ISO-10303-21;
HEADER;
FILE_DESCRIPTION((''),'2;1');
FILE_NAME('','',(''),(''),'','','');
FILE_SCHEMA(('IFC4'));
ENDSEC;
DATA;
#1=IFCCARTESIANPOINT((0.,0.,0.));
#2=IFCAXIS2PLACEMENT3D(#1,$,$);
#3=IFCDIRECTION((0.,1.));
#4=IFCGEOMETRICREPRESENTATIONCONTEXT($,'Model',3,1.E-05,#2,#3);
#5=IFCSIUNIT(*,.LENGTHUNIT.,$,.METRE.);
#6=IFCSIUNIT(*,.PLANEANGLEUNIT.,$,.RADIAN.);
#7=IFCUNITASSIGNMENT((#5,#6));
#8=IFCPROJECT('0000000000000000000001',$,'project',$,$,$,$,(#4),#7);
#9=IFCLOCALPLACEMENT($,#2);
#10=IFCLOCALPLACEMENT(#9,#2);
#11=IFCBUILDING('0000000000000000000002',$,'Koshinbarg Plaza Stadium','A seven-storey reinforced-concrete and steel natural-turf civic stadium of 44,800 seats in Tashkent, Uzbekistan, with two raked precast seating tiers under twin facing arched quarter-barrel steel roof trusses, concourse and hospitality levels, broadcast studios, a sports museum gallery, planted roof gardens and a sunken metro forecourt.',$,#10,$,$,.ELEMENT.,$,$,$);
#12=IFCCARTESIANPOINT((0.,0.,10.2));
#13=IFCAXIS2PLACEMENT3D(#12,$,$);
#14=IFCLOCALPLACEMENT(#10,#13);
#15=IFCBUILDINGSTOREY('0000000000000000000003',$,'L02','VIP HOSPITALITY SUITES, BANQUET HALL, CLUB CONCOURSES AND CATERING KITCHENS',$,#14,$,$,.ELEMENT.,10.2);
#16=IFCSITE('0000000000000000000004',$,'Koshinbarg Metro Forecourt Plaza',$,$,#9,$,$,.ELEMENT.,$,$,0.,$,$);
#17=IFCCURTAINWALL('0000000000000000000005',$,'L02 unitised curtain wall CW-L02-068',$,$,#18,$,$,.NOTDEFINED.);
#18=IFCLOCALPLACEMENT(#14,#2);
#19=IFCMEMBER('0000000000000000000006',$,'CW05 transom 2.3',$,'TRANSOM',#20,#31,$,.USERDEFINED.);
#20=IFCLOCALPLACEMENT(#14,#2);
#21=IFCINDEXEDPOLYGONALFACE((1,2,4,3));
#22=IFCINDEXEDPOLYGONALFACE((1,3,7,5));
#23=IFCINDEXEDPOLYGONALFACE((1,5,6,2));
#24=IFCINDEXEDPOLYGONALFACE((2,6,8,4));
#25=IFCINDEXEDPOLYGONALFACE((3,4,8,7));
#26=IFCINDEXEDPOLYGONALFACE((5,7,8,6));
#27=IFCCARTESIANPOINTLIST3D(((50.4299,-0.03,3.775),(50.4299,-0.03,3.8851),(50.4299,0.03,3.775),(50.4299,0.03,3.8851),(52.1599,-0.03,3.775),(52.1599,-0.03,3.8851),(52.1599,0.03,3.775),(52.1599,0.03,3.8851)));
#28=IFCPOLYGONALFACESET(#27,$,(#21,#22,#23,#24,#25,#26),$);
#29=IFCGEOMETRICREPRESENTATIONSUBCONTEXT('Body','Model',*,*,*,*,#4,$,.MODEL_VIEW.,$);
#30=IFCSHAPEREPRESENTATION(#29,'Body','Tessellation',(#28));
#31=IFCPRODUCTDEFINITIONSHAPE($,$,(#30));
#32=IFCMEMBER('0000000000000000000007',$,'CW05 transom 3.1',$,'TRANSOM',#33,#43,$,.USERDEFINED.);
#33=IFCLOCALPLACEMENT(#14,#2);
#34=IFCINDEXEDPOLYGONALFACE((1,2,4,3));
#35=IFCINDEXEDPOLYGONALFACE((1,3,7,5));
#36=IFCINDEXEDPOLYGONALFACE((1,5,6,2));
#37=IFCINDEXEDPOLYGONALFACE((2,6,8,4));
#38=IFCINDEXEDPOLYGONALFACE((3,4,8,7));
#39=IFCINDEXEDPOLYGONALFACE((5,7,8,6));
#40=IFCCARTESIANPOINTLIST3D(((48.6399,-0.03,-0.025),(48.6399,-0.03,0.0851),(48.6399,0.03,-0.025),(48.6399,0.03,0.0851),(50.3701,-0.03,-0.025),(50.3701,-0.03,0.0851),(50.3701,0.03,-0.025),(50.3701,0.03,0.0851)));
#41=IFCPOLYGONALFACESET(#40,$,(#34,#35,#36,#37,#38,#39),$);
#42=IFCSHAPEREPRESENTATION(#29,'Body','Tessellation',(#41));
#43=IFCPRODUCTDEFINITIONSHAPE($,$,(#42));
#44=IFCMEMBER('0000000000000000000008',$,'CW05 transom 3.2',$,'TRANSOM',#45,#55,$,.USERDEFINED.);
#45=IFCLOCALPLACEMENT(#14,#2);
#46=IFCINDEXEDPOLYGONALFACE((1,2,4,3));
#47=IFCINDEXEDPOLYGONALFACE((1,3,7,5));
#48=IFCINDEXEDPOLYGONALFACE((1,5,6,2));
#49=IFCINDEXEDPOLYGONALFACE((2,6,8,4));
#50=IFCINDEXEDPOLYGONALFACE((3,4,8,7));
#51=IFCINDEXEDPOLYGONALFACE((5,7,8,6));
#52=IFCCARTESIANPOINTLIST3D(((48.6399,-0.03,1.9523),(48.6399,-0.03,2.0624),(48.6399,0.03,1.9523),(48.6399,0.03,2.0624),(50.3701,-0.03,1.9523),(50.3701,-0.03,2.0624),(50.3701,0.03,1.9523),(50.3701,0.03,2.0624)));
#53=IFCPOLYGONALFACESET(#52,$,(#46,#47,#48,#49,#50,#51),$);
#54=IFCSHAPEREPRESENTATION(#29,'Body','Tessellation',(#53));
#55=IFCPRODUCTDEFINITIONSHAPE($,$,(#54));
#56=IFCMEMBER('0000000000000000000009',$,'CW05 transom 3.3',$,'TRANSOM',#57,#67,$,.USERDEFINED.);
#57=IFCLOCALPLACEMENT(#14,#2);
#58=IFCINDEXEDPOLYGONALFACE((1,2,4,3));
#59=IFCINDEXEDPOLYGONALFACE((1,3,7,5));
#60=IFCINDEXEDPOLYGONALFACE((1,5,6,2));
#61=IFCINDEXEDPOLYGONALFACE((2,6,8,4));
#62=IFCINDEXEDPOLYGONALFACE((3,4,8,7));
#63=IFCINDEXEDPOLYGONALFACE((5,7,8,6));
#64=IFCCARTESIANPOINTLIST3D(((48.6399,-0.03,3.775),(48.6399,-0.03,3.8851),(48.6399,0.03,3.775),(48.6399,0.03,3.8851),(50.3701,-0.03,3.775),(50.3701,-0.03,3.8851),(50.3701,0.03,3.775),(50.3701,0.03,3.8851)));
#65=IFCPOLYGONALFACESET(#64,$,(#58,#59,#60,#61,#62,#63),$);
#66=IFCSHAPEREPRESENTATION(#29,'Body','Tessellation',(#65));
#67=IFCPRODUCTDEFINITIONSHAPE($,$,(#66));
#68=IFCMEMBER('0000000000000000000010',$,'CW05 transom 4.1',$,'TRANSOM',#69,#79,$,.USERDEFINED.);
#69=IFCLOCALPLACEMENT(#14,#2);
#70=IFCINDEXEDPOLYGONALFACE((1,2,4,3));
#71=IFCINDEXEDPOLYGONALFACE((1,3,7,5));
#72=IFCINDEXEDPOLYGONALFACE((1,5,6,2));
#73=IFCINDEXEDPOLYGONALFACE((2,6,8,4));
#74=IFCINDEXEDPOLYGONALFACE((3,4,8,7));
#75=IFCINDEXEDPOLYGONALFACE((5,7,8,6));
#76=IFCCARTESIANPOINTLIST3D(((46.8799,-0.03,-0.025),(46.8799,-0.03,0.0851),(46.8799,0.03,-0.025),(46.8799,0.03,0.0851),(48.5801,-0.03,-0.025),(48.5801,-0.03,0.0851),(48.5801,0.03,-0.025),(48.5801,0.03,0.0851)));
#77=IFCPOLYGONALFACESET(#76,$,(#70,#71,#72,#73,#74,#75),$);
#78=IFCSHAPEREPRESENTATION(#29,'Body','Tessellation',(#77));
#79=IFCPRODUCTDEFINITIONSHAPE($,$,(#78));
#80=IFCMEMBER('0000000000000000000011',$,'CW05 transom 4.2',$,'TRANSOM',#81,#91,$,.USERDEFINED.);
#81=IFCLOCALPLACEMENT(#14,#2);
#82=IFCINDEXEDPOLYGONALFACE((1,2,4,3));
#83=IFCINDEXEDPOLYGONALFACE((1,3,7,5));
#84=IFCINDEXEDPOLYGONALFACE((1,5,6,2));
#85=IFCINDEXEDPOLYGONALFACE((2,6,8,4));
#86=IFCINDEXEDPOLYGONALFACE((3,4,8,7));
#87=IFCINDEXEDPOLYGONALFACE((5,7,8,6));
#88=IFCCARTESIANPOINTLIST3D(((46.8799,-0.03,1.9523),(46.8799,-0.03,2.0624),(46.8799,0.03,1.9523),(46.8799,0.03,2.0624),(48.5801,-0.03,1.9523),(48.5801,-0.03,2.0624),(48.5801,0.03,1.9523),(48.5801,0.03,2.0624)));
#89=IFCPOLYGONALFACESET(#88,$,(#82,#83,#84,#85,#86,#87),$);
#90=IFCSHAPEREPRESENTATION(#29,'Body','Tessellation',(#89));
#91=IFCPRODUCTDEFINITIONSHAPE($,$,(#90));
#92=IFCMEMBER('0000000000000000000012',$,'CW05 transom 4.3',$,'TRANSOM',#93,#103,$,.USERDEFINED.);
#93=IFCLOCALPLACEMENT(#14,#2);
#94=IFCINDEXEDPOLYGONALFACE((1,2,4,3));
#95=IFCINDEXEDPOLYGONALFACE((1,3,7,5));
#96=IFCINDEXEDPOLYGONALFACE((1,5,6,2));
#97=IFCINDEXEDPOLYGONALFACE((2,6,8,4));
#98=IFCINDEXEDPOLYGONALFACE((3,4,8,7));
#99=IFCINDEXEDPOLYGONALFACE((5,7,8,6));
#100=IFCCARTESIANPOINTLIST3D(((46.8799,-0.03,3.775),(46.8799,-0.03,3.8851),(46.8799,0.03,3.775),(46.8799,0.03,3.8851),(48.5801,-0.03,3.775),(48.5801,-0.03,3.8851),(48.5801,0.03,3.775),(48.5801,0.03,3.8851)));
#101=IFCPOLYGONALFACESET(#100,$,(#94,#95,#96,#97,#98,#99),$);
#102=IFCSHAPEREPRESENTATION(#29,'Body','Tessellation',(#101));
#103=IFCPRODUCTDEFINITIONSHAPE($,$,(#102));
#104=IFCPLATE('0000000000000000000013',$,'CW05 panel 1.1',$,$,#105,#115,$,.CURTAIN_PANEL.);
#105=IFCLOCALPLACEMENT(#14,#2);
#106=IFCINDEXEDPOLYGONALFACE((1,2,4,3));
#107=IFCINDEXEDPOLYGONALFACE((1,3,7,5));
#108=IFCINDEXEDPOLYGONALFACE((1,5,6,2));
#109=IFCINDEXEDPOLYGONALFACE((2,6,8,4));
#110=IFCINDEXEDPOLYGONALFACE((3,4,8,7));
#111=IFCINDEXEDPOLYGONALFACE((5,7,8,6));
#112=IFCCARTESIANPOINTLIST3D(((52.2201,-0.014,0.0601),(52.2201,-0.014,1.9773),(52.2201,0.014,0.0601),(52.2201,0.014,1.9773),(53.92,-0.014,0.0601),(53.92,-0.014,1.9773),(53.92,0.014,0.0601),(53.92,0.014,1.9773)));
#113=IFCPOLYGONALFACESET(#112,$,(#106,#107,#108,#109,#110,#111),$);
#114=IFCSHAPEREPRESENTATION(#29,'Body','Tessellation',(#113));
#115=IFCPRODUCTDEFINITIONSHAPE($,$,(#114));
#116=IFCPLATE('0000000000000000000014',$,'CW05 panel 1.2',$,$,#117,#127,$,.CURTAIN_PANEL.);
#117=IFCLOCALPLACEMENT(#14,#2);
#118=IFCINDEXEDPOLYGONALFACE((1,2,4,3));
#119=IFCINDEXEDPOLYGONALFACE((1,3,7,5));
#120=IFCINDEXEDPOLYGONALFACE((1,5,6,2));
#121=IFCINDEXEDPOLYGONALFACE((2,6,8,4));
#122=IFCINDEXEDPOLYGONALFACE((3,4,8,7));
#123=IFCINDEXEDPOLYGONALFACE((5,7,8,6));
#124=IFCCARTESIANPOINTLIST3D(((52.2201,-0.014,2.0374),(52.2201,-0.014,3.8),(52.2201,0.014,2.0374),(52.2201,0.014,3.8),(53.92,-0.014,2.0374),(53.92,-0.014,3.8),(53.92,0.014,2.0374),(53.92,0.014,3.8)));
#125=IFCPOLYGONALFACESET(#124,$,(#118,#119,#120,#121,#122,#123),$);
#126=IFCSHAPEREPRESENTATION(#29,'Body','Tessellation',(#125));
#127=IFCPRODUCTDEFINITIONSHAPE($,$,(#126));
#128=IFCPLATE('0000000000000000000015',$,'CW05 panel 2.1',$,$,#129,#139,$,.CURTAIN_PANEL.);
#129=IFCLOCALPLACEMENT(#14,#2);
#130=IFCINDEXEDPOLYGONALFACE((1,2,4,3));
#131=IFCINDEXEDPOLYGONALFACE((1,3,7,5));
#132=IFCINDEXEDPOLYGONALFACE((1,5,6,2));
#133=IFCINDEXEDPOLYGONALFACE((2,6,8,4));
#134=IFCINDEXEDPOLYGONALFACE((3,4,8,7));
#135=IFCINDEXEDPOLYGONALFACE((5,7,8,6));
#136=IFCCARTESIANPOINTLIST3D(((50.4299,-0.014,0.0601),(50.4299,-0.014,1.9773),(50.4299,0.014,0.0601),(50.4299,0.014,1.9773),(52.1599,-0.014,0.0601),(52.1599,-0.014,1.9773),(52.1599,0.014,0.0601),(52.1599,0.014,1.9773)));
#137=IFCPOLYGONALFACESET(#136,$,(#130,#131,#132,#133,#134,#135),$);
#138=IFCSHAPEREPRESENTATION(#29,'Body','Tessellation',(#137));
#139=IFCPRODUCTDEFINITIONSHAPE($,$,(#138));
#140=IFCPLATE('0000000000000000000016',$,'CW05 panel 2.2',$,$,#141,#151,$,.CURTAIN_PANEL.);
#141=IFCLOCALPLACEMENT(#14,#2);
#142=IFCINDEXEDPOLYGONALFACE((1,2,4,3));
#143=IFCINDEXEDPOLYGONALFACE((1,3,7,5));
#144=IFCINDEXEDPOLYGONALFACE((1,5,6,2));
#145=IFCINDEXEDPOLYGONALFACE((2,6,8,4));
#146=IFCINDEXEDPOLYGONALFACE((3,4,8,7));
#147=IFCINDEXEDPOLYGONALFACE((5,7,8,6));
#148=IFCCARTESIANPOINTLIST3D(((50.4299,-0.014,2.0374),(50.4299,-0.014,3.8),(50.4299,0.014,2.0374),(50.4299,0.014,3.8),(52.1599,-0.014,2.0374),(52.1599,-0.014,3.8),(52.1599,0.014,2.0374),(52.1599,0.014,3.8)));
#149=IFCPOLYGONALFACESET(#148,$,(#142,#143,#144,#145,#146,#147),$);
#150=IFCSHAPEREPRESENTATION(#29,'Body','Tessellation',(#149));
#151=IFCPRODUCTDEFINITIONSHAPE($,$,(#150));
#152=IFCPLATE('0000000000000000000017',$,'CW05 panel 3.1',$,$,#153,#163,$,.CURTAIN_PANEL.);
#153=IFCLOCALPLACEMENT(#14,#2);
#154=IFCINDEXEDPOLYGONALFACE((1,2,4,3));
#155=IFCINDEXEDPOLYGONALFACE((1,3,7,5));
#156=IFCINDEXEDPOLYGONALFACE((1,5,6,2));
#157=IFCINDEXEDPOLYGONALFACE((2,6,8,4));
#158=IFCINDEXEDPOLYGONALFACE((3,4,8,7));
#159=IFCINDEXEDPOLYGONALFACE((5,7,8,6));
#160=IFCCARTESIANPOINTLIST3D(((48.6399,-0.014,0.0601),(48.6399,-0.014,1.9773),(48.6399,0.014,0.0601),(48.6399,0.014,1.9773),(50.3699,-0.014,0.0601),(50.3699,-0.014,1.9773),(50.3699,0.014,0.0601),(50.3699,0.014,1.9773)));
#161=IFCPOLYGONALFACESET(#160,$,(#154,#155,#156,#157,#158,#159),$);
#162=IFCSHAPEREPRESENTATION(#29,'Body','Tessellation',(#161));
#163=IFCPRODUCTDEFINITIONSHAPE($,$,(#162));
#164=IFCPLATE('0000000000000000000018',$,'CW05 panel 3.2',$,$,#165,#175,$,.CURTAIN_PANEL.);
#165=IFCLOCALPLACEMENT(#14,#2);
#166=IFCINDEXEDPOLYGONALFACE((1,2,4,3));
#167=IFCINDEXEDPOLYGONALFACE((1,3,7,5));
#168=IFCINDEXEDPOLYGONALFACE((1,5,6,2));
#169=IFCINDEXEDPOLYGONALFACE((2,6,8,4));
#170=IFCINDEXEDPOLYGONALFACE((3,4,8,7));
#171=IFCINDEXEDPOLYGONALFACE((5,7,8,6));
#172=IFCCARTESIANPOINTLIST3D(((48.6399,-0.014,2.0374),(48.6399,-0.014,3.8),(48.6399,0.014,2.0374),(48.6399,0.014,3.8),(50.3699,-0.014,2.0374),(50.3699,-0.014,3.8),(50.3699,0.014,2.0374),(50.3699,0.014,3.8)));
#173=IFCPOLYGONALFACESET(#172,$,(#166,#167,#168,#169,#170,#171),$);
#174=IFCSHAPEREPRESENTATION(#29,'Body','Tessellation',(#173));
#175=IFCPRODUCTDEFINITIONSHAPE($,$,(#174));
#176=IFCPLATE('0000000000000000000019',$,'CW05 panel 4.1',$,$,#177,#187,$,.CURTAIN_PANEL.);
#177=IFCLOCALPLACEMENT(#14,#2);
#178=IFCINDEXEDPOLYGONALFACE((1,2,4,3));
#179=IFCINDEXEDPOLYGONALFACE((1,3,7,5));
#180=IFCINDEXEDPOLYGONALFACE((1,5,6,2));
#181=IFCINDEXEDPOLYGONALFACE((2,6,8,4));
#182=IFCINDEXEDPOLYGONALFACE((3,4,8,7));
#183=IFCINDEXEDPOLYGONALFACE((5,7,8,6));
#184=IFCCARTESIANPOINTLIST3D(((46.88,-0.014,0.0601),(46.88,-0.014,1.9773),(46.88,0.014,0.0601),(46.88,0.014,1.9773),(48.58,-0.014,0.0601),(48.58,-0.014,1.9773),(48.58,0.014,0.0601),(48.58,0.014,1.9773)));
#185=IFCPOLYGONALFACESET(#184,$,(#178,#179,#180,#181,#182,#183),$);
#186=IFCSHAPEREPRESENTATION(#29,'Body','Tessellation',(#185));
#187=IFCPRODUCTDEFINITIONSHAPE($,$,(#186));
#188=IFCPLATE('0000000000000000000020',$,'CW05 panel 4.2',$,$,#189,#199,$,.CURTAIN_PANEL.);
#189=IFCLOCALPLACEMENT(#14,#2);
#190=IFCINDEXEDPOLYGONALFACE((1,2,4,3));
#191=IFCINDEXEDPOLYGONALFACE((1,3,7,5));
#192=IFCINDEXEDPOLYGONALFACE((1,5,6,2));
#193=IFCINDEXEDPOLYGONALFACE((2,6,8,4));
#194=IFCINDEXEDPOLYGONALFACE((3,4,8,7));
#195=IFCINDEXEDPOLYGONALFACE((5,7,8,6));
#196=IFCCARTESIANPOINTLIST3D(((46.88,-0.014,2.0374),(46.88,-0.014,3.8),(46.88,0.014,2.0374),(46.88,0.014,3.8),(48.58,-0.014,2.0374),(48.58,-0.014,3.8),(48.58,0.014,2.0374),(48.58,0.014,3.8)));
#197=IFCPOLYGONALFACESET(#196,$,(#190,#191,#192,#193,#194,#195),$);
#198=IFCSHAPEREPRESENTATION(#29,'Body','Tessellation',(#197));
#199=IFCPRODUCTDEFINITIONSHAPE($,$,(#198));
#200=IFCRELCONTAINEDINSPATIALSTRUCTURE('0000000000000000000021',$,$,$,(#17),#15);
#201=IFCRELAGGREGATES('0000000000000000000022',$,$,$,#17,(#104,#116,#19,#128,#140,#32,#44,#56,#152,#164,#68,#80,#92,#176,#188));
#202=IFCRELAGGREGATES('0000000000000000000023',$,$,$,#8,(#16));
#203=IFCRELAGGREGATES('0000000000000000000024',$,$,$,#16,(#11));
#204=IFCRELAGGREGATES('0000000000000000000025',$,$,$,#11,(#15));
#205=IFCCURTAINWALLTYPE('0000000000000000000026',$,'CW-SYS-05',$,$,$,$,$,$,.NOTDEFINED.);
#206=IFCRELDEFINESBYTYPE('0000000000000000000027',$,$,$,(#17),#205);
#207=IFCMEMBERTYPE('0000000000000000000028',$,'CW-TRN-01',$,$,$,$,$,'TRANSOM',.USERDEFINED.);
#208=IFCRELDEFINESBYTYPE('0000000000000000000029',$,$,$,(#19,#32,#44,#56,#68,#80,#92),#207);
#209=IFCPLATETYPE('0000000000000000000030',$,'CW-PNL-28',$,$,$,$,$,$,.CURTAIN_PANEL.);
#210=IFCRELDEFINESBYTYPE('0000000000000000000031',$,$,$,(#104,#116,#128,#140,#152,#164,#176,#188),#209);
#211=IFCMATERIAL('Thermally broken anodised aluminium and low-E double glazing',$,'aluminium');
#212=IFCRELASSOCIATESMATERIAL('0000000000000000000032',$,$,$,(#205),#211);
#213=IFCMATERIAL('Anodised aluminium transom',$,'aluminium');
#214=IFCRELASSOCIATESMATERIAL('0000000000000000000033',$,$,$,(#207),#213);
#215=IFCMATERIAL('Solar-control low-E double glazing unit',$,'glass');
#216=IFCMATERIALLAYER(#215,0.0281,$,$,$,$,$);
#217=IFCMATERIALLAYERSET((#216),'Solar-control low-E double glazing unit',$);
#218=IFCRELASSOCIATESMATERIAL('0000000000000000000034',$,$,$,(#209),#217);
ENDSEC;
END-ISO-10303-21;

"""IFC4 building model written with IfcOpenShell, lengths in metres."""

from ifc_helpers import new_model, si_unit, direction, frame, origin, origin_2d, place, context, subcontext, project, spatial, rectangle, extrude, material, layer, layer_set, material_profile, profile_set, type_object, element, aggregate, save


model = new_model("IFC4")

# Units and contexts
model_context = context("Model", 3, precision=1e-05, world=origin(), true_north=direction((0.0, 1.0)))
body_context = subcontext(model_context, "Body", "Model", "MODEL_VIEW")
ifc_project = project(units=[si_unit("LENGTHUNIT", "METRE"), si_unit("PLANEANGLEUNIT", "RADIAN")], contexts=[model_context])

# Site, building, storey
site_placement = place(None, origin())
site = spatial("IfcSite", under=ifc_project, at=site_placement, Name="Koshinbarg Metro Forecourt Plaza", CompositionType="ELEMENT", RefElevation=0.0)
building_placement = place(site_placement, origin())
building = spatial("IfcBuilding", under=site, at=building_placement, Name="Koshinbarg Plaza Stadium", Description="A seven-storey reinforced-concrete and steel natural-turf civic stadium of 44,800 seats in Tashkent, Uzbekistan, with two raked precast seating tiers under twin facing arched quarter-barrel steel roof trusses, concourse and hospitality levels, broadcast studios, a sports museum gallery, planted roof gardens and a sunken metro forecourt.", CompositionType="ELEMENT")
storey_placement = place(building_placement, frame((0.0, 0.0, 10.2)))
storey = spatial("IfcBuildingStorey", under=building, at=storey_placement, Name="L02", Description="VIP HOSPITALITY SUITES, BANQUET HALL, CLUB CONCOURSES AND CATERING KITCHENS", CompositionType="ELEMENT", Elevation=10.2)

# Curtain wall, members, plates
ifc_material_1 = material(Name="Thermally broken anodised aluminium and low-E double glazing", Category="aluminium")
curtain_wall_type = type_object("IfcCurtainWallType", Name="CW-SYS-05", PredefinedType="NOTDEFINED", material=ifc_material_1)
curtain_wall_placement = place(storey_placement, origin())
curtain_wall = element("IfcCurtainWall", 1, at=curtain_wall_placement, inside=storey, type_object=curtain_wall_type, Name="L02 unitised curtain wall CW-L02-068", PredefinedType="NOTDEFINED")
ifc_material_2 = material(Name="Anodised aluminium transom", Category="aluminium")
ifc_material_profile_1 = material_profile(ifc_material_2, rectangle(XDim=0.0601, YDim=0.1101, at=origin_2d()), Name="ALU 60x110")
ifc_profile_set_1 = profile_set([ifc_material_profile_1], Name="Anodised aluminium transom")
member_type_1 = type_object("IfcMemberType", Name="CW-TRN-01", ElementType="TRANSOM", PredefinedType="USERDEFINED", material=ifc_profile_set_1)
member_1_placement = place(storey_placement, frame((52.1599, 0.0, 3.8301), z_axis=(-1.0, 0.0, 0.0), x_axis=(0.0, -1.0, 0.0)))
member_1 = element("IfcMember", 2, at=member_1_placement, type_object=member_type_1, Name="CW05 transom 2.3", ObjectType="TRANSOM", PredefinedType="USERDEFINED", context=body_context, shape_type="SweptSolid", body=[
    extrude(rectangle(XDim=0.0601, YDim=0.1101, at=origin_2d()), origin(), (0.0, 0.0, 1.0), 1.73),
])
member_2_placement = place(storey_placement, frame((50.3701, 0.0, 0.03), z_axis=(-1.0, 0.0, 0.0), x_axis=(0.0, -1.0, 0.0)))
member_2 = element("IfcMember", 3, at=member_2_placement, type_object=member_type_1, Name="CW05 transom 3.1", ObjectType="TRANSOM", PredefinedType="USERDEFINED", context=body_context, shape_type="SweptSolid", body=[
    extrude(rectangle(XDim=0.0601, YDim=0.1101, at=origin_2d()), origin(), (0.0, 0.0, 1.0), 1.7302),
])
member_3_placement = place(storey_placement, frame((50.3701, 0.0, 2.0073), z_axis=(-1.0, 0.0, 0.0), x_axis=(0.0, -1.0, 0.0)))
member_3 = element("IfcMember", 4, at=member_3_placement, type_object=member_type_1, Name="CW05 transom 3.2", ObjectType="TRANSOM", PredefinedType="USERDEFINED", context=body_context, shape_type="SweptSolid", body=[
    extrude(rectangle(XDim=0.0601, YDim=0.1101, at=origin_2d()), origin(), (0.0, 0.0, 1.0), 1.7302),
])
member_4_placement = place(storey_placement, frame((50.3701, 0.0, 3.8301), z_axis=(-1.0, 0.0, 0.0), x_axis=(0.0, -1.0, 0.0)))
member_4 = element("IfcMember", 5, at=member_4_placement, type_object=member_type_1, Name="CW05 transom 3.3", ObjectType="TRANSOM", PredefinedType="USERDEFINED", context=body_context, shape_type="SweptSolid", body=[
    extrude(rectangle(XDim=0.0601, YDim=0.1101, at=origin_2d()), origin(), (0.0, 0.0, 1.0), 1.7302),
])
member_5_placement = place(storey_placement, frame((48.5801, 0.0, 0.03), z_axis=(-1.0, 0.0, 0.0), x_axis=(0.0, -1.0, 0.0)))
member_5 = element("IfcMember", 6, at=member_5_placement, type_object=member_type_1, Name="CW05 transom 4.1", ObjectType="TRANSOM", PredefinedType="USERDEFINED", context=body_context, shape_type="SweptSolid", body=[
    extrude(rectangle(XDim=0.0601, YDim=0.1101, at=origin_2d()), origin(), (0.0, 0.0, 1.0), 1.7002),
])
member_6_placement = place(storey_placement, frame((48.5801, 0.0, 2.0073), z_axis=(-1.0, 0.0, 0.0), x_axis=(0.0, -1.0, 0.0)))
member_6 = element("IfcMember", 7, at=member_6_placement, type_object=member_type_1, Name="CW05 transom 4.2", ObjectType="TRANSOM", PredefinedType="USERDEFINED", context=body_context, shape_type="SweptSolid", body=[
    extrude(rectangle(XDim=0.0601, YDim=0.1101, at=origin_2d()), origin(), (0.0, 0.0, 1.0), 1.7002),
])
member_7_placement = place(storey_placement, frame((48.5801, 0.0, 3.8301), z_axis=(-1.0, 0.0, 0.0), x_axis=(0.0, -1.0, 0.0)))
member_7 = element("IfcMember", 8, at=member_7_placement, type_object=member_type_1, Name="CW05 transom 4.3", ObjectType="TRANSOM", PredefinedType="USERDEFINED", context=body_context, shape_type="SweptSolid", body=[
    extrude(rectangle(XDim=0.0601, YDim=0.1101, at=origin_2d()), origin(), (0.0, 0.0, 1.0), 1.7002),
])
ifc_material_3 = material(Name="Solar-control low-E double glazing unit", Category="glass")
ifc_layer_1 = layer(ifc_material_3, 0.0281)
ifc_layer_set_1 = layer_set([ifc_layer_1], Name="Solar-control low-E double glazing unit")
plate_type = type_object("IfcPlateType", Name="CW-PNL-28", PredefinedType="CURTAIN_PANEL", material=ifc_layer_set_1)
plate_1_placement = place(storey_placement, frame((53.0701, 0.0, 0.0601), z_axis=(0.0, 0.0, 1.0), x_axis=(-1.0, 0.0, 0.0)))
plate_1 = element("IfcPlate", 9, at=plate_1_placement, type_object=plate_type, Name="CW05 panel 1.1", PredefinedType="CURTAIN_PANEL", context=body_context, shape_type="SweptSolid", body=[
    extrude(rectangle(XDim=1.7, YDim=0.0281, at=origin_2d()), origin(), (0.0, 0.0, 1.0), 1.9172),
])
plate_2_placement = place(storey_placement, frame((53.0701, 0.0, 2.0374), z_axis=(0.0, 0.0, 1.0), x_axis=(-1.0, 0.0, 0.0)))
plate_2 = element("IfcPlate", 10, at=plate_2_placement, type_object=plate_type, Name="CW05 panel 1.2", PredefinedType="CURTAIN_PANEL", context=body_context, shape_type="SweptSolid", body=[
    extrude(rectangle(XDim=1.7, YDim=0.0281, at=origin_2d()), origin(), (0.0, 0.0, 1.0), 1.7627),
])
plate_3_placement = place(storey_placement, frame((51.2949, 0.0, 0.0601), z_axis=(0.0, 0.0, 1.0), x_axis=(-1.0, 0.0, 0.0)))
plate_3 = element("IfcPlate", 11, at=plate_3_placement, type_object=plate_type, Name="CW05 panel 2.1", PredefinedType="CURTAIN_PANEL", context=body_context, shape_type="SweptSolid", body=[
    extrude(rectangle(XDim=1.73, YDim=0.0281, at=origin_2d()), origin(), (0.0, 0.0, 1.0), 1.9172),
])
plate_4_placement = place(storey_placement, frame((51.2949, 0.0, 2.0374), z_axis=(0.0, 0.0, 1.0), x_axis=(-1.0, 0.0, 0.0)))
plate_4 = element("IfcPlate", 12, at=plate_4_placement, type_object=plate_type, Name="CW05 panel 2.2", PredefinedType="CURTAIN_PANEL", context=body_context, shape_type="SweptSolid", body=[
    extrude(rectangle(XDim=1.73, YDim=0.0281, at=origin_2d()), origin(), (0.0, 0.0, 1.0), 1.7627),
])
plate_5_placement = place(storey_placement, frame((49.5049, 0.0, 0.0601), z_axis=(0.0, 0.0, 1.0), x_axis=(-1.0, 0.0, 0.0)))
plate_5 = element("IfcPlate", 13, at=plate_5_placement, type_object=plate_type, Name="CW05 panel 3.1", PredefinedType="CURTAIN_PANEL", context=body_context, shape_type="SweptSolid", body=[
    extrude(rectangle(XDim=1.73, YDim=0.0281, at=origin_2d()), origin(), (0.0, 0.0, 1.0), 1.9172),
])
plate_6_placement = place(storey_placement, frame((49.5049, 0.0, 2.0374), z_axis=(0.0, 0.0, 1.0), x_axis=(-1.0, 0.0, 0.0)))
plate_6 = element("IfcPlate", 14, at=plate_6_placement, type_object=plate_type, Name="CW05 panel 3.2", PredefinedType="CURTAIN_PANEL", context=body_context, shape_type="SweptSolid", body=[
    extrude(rectangle(XDim=1.73, YDim=0.0281, at=origin_2d()), origin(), (0.0, 0.0, 1.0), 1.7627),
])
plate_7_placement = place(storey_placement, frame((47.73, 0.0, 0.0601), z_axis=(0.0, 0.0, 1.0), x_axis=(-1.0, 0.0, 0.0)))
plate_7 = element("IfcPlate", 15, at=plate_7_placement, type_object=plate_type, Name="CW05 panel 4.1", PredefinedType="CURTAIN_PANEL", context=body_context, shape_type="SweptSolid", body=[
    extrude(rectangle(XDim=1.7, YDim=0.0281, at=origin_2d()), origin(), (0.0, 0.0, 1.0), 1.9172),
])
plate_8_placement = place(storey_placement, frame((47.73, 0.0, 2.0374), z_axis=(0.0, 0.0, 1.0), x_axis=(-1.0, 0.0, 0.0)))
plate_8 = element("IfcPlate", 16, at=plate_8_placement, type_object=plate_type, Name="CW05 panel 4.2", PredefinedType="CURTAIN_PANEL", context=body_context, shape_type="SweptSolid", body=[
    extrude(rectangle(XDim=1.7, YDim=0.0281, at=origin_2d()), origin(), (0.0, 0.0, 1.0), 1.7627),
])
aggregate(curtain_wall, [plate_1, plate_2, member_1, plate_3, plate_4, member_2, member_3, member_4, plate_5, plate_6, member_5, member_6, member_7, plate_7, plate_8])

save(model, "model.ifc")
